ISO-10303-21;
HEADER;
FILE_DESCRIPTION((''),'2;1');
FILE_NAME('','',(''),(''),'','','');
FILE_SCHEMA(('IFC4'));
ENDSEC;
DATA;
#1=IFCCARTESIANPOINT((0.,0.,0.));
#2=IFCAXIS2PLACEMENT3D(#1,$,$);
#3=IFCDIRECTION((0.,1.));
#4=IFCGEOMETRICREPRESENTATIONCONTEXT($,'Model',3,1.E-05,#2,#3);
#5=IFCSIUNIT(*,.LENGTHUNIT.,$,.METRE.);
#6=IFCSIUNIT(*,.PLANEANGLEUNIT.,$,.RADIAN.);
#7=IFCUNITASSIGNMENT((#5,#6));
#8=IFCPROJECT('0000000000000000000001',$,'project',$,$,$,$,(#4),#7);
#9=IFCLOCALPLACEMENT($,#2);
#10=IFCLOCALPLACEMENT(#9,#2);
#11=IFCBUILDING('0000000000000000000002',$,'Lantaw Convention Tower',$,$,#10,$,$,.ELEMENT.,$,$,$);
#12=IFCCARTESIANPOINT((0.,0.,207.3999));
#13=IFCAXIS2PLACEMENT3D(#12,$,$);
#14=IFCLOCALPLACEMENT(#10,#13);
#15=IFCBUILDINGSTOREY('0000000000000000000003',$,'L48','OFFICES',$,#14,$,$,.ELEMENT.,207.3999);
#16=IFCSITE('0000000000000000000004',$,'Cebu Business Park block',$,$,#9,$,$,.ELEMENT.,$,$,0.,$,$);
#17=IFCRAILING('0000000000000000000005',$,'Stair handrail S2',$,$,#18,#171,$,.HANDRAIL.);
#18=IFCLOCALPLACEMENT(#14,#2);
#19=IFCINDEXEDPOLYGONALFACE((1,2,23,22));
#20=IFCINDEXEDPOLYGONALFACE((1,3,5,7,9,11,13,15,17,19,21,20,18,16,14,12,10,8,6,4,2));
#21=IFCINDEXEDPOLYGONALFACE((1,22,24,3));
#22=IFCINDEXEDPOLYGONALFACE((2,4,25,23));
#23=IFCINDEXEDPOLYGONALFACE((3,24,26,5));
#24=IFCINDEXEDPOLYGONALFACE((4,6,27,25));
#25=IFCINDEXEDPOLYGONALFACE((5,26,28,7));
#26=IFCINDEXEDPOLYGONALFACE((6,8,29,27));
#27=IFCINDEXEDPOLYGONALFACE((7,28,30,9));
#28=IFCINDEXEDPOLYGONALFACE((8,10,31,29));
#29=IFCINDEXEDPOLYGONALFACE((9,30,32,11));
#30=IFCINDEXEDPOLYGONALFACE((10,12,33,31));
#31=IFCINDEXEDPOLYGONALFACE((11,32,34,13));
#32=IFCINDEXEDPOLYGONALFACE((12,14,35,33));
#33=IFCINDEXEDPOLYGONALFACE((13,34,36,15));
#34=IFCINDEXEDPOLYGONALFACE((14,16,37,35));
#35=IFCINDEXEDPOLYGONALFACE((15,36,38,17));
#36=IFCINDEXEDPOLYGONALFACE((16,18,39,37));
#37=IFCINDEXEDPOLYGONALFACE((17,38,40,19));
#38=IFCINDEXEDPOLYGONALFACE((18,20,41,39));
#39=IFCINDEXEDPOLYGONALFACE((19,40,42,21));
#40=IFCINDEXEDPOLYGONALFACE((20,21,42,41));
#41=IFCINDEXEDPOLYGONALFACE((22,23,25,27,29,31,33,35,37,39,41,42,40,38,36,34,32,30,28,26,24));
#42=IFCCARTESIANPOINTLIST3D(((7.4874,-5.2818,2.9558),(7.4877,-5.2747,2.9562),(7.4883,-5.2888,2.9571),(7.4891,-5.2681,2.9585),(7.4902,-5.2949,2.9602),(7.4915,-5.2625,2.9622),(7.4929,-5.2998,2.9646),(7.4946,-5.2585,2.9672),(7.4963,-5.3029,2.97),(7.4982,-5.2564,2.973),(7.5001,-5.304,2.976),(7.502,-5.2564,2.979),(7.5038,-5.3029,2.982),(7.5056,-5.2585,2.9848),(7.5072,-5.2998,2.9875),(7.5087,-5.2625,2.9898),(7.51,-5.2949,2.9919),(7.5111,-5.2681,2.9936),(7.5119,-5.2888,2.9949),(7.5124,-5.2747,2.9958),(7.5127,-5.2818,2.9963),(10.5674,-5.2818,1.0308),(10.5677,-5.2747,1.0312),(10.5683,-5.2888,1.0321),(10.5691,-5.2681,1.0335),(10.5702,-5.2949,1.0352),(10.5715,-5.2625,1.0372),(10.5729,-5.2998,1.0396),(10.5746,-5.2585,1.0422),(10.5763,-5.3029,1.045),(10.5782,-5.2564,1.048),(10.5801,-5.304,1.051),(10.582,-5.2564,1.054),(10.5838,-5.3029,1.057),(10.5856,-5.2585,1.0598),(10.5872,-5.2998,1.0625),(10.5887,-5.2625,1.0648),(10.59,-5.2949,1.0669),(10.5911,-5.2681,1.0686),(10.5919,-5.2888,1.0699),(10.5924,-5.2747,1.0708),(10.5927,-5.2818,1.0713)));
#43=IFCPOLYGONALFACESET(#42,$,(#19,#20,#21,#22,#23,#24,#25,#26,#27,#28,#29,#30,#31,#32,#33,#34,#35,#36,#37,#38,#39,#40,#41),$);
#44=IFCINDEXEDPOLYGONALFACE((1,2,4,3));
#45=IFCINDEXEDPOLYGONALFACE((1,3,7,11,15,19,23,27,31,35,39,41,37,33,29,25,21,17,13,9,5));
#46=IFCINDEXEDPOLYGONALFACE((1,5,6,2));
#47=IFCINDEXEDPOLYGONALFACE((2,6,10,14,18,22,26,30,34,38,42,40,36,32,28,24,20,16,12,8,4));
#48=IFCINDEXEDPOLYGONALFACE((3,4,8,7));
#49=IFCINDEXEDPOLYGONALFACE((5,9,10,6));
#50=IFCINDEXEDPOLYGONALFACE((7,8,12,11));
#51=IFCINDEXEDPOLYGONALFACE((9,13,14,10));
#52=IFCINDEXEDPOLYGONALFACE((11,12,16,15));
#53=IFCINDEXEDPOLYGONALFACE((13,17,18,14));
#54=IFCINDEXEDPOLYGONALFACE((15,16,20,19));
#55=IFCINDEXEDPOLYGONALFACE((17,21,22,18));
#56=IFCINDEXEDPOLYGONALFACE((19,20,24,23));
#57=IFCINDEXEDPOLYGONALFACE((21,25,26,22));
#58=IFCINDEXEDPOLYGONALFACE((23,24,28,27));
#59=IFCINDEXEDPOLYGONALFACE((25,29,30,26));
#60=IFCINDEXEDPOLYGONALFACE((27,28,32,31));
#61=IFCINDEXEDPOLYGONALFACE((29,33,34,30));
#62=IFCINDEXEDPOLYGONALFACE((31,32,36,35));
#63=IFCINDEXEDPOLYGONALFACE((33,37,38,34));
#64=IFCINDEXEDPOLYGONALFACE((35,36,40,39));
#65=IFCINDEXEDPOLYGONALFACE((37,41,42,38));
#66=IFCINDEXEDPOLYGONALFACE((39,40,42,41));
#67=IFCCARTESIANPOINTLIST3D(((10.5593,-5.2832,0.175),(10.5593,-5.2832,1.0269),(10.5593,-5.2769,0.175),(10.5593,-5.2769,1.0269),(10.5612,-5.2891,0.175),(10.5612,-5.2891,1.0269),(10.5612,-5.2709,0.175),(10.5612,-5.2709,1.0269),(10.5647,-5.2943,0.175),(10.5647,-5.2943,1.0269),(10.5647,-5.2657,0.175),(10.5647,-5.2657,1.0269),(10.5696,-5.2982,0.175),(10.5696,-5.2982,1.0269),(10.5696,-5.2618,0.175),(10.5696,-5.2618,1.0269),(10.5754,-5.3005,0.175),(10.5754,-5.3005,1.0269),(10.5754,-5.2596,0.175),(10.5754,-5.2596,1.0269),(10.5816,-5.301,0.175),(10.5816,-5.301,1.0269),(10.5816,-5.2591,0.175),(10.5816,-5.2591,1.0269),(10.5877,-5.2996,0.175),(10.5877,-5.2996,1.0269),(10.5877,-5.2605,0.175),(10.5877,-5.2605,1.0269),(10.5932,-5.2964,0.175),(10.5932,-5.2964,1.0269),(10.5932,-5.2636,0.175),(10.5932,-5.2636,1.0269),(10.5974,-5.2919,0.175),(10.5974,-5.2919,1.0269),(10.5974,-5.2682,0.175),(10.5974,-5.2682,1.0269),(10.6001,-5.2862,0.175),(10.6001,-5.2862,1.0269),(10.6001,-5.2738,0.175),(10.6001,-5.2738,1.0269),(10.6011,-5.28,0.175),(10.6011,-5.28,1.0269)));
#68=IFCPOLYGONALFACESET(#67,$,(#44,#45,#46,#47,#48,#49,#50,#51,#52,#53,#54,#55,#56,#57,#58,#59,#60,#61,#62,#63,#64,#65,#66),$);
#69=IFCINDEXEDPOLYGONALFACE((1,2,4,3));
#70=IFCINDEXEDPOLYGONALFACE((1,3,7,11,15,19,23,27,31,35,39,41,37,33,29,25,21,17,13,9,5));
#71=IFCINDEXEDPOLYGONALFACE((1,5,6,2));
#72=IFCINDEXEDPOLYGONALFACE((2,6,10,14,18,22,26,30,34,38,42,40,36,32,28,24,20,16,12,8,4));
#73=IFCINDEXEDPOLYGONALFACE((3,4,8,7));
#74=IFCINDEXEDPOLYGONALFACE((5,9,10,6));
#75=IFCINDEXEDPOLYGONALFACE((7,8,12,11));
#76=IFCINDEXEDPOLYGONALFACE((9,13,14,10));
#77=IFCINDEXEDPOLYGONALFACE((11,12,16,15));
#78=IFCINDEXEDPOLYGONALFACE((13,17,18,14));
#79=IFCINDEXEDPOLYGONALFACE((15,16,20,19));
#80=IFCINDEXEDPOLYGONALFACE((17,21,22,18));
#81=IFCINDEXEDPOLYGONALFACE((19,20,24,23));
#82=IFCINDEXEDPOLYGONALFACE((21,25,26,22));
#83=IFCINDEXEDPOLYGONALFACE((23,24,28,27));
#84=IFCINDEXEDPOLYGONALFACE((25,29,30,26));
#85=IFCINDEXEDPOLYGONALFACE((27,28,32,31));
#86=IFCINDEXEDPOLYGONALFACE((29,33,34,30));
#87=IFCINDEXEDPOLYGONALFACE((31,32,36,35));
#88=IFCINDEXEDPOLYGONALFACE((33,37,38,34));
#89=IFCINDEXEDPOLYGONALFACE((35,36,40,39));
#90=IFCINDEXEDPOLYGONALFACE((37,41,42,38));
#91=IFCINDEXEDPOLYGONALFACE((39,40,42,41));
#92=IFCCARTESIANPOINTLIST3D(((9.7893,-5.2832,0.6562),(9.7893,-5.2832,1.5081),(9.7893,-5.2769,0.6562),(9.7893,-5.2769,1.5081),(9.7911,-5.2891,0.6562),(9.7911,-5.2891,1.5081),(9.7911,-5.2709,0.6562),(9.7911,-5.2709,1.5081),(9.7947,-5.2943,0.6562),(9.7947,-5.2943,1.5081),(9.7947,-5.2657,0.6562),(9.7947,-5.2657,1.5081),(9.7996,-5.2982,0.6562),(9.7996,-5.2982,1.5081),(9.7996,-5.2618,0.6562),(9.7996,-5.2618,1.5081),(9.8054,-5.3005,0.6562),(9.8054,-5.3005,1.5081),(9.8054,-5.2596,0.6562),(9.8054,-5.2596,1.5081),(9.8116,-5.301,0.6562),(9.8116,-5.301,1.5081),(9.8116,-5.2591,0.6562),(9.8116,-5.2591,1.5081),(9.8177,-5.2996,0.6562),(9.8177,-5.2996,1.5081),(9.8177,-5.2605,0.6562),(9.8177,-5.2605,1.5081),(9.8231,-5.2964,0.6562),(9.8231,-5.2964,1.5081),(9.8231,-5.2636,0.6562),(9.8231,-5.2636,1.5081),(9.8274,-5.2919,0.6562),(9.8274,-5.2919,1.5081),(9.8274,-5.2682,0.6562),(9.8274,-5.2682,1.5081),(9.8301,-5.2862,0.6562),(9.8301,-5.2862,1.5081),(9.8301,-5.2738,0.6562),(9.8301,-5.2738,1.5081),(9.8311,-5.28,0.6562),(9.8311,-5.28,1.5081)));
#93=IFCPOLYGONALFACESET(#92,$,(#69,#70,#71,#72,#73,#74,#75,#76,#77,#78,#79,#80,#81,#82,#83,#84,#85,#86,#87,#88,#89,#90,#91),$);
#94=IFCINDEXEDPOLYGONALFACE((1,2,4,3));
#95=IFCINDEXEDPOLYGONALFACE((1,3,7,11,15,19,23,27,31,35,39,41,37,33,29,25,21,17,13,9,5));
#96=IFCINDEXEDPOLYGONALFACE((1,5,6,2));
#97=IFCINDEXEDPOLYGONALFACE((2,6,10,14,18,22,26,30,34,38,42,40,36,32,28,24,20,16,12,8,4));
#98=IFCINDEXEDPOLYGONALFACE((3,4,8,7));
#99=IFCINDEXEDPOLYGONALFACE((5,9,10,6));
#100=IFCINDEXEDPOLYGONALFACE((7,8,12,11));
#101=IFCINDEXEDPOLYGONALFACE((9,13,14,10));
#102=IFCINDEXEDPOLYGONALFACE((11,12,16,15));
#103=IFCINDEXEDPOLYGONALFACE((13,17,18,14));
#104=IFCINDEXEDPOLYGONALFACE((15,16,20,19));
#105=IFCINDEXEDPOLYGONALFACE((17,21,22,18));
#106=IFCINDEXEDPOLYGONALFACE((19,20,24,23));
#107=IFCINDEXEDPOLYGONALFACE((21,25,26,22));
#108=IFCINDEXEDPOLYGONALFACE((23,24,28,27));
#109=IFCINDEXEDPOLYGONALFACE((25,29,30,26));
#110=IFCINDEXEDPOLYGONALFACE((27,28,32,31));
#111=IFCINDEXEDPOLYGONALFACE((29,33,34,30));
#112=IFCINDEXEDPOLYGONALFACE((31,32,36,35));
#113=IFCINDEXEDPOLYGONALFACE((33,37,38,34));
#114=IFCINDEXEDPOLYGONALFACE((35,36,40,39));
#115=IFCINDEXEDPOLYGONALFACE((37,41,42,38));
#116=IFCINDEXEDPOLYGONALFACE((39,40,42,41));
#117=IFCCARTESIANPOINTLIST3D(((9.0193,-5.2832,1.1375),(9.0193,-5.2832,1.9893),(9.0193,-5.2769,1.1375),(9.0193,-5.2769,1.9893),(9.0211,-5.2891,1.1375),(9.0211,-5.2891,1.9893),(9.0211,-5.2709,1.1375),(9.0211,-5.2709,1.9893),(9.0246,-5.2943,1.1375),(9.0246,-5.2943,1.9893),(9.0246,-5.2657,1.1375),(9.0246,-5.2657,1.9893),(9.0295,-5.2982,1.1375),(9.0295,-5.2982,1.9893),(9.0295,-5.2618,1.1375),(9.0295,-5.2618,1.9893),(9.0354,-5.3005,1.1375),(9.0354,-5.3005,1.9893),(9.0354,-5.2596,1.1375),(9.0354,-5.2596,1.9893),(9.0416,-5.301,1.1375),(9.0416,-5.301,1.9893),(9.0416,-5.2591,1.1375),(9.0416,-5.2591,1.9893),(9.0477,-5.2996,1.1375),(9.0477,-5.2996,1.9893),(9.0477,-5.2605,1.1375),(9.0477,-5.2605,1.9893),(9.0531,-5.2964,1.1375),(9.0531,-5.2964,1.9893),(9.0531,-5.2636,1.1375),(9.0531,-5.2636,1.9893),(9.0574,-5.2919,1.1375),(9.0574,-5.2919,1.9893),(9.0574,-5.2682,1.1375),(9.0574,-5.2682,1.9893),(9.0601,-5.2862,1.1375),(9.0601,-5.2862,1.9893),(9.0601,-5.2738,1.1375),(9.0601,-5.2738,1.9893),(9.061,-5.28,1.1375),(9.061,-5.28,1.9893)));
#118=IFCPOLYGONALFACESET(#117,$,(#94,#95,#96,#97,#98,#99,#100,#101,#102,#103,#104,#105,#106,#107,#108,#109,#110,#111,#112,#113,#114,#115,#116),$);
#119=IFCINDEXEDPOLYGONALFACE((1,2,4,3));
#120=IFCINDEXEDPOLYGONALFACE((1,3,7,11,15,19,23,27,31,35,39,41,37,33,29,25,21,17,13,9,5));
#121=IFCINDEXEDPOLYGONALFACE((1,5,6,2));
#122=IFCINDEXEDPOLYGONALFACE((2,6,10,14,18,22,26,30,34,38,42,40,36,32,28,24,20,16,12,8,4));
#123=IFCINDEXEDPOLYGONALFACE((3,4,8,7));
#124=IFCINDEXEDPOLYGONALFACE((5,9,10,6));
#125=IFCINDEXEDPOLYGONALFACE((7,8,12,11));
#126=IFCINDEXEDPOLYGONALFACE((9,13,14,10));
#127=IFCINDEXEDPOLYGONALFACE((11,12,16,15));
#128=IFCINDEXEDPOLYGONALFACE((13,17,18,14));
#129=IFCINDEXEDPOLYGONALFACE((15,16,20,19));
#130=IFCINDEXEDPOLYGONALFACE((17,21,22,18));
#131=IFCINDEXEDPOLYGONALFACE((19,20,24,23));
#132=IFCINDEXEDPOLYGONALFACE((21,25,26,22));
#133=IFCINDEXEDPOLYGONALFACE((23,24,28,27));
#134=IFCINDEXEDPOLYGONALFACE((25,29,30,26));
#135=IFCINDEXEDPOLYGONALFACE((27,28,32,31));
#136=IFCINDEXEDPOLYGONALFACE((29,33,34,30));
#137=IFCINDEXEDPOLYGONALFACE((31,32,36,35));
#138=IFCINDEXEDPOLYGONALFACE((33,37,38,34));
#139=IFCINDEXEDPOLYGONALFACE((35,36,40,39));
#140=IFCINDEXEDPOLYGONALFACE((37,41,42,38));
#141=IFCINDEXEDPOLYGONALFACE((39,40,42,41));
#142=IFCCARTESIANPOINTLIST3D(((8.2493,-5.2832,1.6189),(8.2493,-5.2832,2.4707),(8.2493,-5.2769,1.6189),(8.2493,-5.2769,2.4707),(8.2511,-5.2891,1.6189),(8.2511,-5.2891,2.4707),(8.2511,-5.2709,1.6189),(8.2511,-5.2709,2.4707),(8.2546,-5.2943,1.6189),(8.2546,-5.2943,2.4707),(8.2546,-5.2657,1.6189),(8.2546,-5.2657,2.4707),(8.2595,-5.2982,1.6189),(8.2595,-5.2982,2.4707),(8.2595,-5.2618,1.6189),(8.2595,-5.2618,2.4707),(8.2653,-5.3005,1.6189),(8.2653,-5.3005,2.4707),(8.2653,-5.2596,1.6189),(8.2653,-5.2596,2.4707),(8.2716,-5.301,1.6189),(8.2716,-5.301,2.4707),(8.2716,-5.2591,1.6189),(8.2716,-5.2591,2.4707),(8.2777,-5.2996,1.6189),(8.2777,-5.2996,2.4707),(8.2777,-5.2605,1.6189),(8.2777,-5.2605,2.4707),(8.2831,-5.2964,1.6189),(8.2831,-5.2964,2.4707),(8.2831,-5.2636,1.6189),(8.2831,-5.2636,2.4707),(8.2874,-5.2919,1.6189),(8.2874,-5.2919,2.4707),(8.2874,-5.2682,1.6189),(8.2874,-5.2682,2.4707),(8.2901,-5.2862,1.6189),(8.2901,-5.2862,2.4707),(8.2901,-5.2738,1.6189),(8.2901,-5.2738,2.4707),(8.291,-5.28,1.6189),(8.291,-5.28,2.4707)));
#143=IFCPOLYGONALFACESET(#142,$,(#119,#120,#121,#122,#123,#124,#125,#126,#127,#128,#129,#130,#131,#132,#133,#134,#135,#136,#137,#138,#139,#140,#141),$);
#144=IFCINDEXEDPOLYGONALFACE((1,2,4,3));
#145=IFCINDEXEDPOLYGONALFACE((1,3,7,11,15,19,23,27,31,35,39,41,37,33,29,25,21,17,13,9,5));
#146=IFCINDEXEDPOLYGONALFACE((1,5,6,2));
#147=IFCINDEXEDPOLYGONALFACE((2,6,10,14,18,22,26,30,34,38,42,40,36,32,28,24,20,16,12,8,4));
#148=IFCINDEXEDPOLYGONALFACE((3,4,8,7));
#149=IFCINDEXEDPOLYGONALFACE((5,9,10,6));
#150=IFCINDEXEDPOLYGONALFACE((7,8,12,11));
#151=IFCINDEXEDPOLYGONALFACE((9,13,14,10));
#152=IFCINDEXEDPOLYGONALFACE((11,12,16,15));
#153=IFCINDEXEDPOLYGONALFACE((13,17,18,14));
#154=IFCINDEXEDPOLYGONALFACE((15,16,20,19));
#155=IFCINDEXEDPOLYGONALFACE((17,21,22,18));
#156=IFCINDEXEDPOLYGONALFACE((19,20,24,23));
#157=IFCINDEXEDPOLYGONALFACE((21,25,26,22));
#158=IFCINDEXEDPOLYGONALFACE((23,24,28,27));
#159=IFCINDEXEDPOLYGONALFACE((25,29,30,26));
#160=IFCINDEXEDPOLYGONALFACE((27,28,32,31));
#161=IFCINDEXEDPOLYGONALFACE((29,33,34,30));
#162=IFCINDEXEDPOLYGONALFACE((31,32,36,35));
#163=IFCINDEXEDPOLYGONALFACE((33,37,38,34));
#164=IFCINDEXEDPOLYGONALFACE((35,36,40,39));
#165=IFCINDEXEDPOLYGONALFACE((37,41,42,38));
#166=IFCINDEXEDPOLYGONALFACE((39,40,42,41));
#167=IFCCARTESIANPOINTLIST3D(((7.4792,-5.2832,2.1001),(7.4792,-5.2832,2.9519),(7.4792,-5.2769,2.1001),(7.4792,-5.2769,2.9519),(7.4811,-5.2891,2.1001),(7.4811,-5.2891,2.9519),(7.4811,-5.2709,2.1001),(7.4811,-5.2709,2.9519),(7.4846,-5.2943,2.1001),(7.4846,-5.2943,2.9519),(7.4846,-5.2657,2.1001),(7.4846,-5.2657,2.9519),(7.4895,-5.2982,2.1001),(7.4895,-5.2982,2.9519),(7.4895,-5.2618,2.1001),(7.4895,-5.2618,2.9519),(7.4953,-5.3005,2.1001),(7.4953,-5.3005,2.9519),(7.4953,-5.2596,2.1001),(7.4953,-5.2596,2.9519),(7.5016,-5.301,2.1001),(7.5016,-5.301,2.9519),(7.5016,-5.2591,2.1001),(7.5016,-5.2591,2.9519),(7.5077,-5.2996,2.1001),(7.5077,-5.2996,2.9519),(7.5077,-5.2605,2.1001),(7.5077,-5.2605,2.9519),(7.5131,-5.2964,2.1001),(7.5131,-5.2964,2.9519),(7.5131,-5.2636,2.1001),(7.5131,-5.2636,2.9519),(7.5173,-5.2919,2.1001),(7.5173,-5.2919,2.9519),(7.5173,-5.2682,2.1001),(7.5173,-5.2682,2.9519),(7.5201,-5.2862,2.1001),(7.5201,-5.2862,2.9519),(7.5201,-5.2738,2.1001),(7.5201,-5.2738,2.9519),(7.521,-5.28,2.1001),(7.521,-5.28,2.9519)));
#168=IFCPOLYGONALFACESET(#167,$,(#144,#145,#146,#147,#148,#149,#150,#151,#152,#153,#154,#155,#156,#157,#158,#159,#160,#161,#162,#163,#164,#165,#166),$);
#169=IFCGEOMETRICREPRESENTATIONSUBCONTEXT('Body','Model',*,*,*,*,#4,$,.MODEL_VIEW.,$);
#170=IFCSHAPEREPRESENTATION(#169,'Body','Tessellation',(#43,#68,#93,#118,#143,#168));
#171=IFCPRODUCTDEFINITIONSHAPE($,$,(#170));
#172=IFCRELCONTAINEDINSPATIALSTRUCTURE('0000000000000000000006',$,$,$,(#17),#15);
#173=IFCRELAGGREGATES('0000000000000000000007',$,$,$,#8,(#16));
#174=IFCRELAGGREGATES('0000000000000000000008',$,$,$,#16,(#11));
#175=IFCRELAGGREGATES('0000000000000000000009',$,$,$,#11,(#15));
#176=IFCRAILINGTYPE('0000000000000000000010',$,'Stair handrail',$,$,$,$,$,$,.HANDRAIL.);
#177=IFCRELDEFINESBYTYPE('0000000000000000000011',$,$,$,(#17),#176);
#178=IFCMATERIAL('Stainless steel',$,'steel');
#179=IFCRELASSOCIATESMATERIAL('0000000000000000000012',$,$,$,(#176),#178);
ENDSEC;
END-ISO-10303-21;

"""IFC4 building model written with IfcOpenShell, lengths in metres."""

from ifc_helpers import new_model, si_unit, direction, frame, origin, origin_2d, place, context, subcontext, project, spatial, circle, extrude, material, type_object, element, save


model = new_model("IFC4")

# Units and contexts
model_context = context("Model", 3, precision=1e-05, world=origin(), true_north=direction((0.0, 1.0)))
body_context = subcontext(model_context, "Body", "Model", "MODEL_VIEW")
ifc_project = project(units=[si_unit("LENGTHUNIT", "METRE"), si_unit("PLANEANGLEUNIT", "RADIAN")], contexts=[model_context])

# Site, building, storey
site_placement = place(None, origin())
site = spatial("IfcSite", under=ifc_project, at=site_placement, Name="Cebu Business Park block", CompositionType="ELEMENT", RefElevation=0.0)
building_placement = place(site_placement, origin())
building = spatial("IfcBuilding", under=site, at=building_placement, Name="Lantaw Convention Tower", CompositionType="ELEMENT")
storey_placement = place(building_placement, frame((0.0, 0.0, 207.3999)))
storey = spatial("IfcBuildingStorey", under=building, at=storey_placement, Name="L48", Description="OFFICES", CompositionType="ELEMENT", Elevation=207.3999)

# Railing
ifc_material_1 = material(Name="Stainless steel", Category="steel")
railing_type = type_object("IfcRailingType", Name="Stair handrail", PredefinedType="HANDRAIL", material=ifc_material_1)
railing_1_placement = place(storey_placement, frame((10.5801, -5.28, 0.175)))
element("IfcRailing", 1, at=railing_1_placement, inside=storey, type_object=railing_type, Name="Stair handrail S2", PredefinedType="HANDRAIL", context=body_context, shape_type="SweptSolid", body=[
    extrude(circle(Radius=0.0239, at=origin_2d()), frame((0.0, 0.0, 0.876), z_axis=(-0.847998, 0.0, 0.529999), x_axis=(0.0, -1.0, 0.0)), (0.0, 0.0, 1.0), 3.6321),
    extrude(circle(Radius=0.021, at=origin_2d()), origin(), (0.0, 0.0, 1.0), 0.8518),
    extrude(circle(Radius=0.021, at=origin_2d()), frame((-0.77, 0.0, 0.4812)), (0.0, 0.0, 1.0), 0.8518),
    extrude(circle(Radius=0.021, at=origin_2d()), frame((-1.54, 0.0, 0.9624)), (0.0, 0.0, 1.0), 0.8518),
    extrude(circle(Radius=0.021, at=origin_2d()), frame((-2.3101, 0.0, 1.4438)), (0.0, 0.0, 1.0), 0.8518),
    extrude(circle(Radius=0.021, at=origin_2d()), frame((-3.0801, 0.0, 1.925)), (0.0, 0.0, 1.0), 0.8518),
])

save(model, "model.ifc")
